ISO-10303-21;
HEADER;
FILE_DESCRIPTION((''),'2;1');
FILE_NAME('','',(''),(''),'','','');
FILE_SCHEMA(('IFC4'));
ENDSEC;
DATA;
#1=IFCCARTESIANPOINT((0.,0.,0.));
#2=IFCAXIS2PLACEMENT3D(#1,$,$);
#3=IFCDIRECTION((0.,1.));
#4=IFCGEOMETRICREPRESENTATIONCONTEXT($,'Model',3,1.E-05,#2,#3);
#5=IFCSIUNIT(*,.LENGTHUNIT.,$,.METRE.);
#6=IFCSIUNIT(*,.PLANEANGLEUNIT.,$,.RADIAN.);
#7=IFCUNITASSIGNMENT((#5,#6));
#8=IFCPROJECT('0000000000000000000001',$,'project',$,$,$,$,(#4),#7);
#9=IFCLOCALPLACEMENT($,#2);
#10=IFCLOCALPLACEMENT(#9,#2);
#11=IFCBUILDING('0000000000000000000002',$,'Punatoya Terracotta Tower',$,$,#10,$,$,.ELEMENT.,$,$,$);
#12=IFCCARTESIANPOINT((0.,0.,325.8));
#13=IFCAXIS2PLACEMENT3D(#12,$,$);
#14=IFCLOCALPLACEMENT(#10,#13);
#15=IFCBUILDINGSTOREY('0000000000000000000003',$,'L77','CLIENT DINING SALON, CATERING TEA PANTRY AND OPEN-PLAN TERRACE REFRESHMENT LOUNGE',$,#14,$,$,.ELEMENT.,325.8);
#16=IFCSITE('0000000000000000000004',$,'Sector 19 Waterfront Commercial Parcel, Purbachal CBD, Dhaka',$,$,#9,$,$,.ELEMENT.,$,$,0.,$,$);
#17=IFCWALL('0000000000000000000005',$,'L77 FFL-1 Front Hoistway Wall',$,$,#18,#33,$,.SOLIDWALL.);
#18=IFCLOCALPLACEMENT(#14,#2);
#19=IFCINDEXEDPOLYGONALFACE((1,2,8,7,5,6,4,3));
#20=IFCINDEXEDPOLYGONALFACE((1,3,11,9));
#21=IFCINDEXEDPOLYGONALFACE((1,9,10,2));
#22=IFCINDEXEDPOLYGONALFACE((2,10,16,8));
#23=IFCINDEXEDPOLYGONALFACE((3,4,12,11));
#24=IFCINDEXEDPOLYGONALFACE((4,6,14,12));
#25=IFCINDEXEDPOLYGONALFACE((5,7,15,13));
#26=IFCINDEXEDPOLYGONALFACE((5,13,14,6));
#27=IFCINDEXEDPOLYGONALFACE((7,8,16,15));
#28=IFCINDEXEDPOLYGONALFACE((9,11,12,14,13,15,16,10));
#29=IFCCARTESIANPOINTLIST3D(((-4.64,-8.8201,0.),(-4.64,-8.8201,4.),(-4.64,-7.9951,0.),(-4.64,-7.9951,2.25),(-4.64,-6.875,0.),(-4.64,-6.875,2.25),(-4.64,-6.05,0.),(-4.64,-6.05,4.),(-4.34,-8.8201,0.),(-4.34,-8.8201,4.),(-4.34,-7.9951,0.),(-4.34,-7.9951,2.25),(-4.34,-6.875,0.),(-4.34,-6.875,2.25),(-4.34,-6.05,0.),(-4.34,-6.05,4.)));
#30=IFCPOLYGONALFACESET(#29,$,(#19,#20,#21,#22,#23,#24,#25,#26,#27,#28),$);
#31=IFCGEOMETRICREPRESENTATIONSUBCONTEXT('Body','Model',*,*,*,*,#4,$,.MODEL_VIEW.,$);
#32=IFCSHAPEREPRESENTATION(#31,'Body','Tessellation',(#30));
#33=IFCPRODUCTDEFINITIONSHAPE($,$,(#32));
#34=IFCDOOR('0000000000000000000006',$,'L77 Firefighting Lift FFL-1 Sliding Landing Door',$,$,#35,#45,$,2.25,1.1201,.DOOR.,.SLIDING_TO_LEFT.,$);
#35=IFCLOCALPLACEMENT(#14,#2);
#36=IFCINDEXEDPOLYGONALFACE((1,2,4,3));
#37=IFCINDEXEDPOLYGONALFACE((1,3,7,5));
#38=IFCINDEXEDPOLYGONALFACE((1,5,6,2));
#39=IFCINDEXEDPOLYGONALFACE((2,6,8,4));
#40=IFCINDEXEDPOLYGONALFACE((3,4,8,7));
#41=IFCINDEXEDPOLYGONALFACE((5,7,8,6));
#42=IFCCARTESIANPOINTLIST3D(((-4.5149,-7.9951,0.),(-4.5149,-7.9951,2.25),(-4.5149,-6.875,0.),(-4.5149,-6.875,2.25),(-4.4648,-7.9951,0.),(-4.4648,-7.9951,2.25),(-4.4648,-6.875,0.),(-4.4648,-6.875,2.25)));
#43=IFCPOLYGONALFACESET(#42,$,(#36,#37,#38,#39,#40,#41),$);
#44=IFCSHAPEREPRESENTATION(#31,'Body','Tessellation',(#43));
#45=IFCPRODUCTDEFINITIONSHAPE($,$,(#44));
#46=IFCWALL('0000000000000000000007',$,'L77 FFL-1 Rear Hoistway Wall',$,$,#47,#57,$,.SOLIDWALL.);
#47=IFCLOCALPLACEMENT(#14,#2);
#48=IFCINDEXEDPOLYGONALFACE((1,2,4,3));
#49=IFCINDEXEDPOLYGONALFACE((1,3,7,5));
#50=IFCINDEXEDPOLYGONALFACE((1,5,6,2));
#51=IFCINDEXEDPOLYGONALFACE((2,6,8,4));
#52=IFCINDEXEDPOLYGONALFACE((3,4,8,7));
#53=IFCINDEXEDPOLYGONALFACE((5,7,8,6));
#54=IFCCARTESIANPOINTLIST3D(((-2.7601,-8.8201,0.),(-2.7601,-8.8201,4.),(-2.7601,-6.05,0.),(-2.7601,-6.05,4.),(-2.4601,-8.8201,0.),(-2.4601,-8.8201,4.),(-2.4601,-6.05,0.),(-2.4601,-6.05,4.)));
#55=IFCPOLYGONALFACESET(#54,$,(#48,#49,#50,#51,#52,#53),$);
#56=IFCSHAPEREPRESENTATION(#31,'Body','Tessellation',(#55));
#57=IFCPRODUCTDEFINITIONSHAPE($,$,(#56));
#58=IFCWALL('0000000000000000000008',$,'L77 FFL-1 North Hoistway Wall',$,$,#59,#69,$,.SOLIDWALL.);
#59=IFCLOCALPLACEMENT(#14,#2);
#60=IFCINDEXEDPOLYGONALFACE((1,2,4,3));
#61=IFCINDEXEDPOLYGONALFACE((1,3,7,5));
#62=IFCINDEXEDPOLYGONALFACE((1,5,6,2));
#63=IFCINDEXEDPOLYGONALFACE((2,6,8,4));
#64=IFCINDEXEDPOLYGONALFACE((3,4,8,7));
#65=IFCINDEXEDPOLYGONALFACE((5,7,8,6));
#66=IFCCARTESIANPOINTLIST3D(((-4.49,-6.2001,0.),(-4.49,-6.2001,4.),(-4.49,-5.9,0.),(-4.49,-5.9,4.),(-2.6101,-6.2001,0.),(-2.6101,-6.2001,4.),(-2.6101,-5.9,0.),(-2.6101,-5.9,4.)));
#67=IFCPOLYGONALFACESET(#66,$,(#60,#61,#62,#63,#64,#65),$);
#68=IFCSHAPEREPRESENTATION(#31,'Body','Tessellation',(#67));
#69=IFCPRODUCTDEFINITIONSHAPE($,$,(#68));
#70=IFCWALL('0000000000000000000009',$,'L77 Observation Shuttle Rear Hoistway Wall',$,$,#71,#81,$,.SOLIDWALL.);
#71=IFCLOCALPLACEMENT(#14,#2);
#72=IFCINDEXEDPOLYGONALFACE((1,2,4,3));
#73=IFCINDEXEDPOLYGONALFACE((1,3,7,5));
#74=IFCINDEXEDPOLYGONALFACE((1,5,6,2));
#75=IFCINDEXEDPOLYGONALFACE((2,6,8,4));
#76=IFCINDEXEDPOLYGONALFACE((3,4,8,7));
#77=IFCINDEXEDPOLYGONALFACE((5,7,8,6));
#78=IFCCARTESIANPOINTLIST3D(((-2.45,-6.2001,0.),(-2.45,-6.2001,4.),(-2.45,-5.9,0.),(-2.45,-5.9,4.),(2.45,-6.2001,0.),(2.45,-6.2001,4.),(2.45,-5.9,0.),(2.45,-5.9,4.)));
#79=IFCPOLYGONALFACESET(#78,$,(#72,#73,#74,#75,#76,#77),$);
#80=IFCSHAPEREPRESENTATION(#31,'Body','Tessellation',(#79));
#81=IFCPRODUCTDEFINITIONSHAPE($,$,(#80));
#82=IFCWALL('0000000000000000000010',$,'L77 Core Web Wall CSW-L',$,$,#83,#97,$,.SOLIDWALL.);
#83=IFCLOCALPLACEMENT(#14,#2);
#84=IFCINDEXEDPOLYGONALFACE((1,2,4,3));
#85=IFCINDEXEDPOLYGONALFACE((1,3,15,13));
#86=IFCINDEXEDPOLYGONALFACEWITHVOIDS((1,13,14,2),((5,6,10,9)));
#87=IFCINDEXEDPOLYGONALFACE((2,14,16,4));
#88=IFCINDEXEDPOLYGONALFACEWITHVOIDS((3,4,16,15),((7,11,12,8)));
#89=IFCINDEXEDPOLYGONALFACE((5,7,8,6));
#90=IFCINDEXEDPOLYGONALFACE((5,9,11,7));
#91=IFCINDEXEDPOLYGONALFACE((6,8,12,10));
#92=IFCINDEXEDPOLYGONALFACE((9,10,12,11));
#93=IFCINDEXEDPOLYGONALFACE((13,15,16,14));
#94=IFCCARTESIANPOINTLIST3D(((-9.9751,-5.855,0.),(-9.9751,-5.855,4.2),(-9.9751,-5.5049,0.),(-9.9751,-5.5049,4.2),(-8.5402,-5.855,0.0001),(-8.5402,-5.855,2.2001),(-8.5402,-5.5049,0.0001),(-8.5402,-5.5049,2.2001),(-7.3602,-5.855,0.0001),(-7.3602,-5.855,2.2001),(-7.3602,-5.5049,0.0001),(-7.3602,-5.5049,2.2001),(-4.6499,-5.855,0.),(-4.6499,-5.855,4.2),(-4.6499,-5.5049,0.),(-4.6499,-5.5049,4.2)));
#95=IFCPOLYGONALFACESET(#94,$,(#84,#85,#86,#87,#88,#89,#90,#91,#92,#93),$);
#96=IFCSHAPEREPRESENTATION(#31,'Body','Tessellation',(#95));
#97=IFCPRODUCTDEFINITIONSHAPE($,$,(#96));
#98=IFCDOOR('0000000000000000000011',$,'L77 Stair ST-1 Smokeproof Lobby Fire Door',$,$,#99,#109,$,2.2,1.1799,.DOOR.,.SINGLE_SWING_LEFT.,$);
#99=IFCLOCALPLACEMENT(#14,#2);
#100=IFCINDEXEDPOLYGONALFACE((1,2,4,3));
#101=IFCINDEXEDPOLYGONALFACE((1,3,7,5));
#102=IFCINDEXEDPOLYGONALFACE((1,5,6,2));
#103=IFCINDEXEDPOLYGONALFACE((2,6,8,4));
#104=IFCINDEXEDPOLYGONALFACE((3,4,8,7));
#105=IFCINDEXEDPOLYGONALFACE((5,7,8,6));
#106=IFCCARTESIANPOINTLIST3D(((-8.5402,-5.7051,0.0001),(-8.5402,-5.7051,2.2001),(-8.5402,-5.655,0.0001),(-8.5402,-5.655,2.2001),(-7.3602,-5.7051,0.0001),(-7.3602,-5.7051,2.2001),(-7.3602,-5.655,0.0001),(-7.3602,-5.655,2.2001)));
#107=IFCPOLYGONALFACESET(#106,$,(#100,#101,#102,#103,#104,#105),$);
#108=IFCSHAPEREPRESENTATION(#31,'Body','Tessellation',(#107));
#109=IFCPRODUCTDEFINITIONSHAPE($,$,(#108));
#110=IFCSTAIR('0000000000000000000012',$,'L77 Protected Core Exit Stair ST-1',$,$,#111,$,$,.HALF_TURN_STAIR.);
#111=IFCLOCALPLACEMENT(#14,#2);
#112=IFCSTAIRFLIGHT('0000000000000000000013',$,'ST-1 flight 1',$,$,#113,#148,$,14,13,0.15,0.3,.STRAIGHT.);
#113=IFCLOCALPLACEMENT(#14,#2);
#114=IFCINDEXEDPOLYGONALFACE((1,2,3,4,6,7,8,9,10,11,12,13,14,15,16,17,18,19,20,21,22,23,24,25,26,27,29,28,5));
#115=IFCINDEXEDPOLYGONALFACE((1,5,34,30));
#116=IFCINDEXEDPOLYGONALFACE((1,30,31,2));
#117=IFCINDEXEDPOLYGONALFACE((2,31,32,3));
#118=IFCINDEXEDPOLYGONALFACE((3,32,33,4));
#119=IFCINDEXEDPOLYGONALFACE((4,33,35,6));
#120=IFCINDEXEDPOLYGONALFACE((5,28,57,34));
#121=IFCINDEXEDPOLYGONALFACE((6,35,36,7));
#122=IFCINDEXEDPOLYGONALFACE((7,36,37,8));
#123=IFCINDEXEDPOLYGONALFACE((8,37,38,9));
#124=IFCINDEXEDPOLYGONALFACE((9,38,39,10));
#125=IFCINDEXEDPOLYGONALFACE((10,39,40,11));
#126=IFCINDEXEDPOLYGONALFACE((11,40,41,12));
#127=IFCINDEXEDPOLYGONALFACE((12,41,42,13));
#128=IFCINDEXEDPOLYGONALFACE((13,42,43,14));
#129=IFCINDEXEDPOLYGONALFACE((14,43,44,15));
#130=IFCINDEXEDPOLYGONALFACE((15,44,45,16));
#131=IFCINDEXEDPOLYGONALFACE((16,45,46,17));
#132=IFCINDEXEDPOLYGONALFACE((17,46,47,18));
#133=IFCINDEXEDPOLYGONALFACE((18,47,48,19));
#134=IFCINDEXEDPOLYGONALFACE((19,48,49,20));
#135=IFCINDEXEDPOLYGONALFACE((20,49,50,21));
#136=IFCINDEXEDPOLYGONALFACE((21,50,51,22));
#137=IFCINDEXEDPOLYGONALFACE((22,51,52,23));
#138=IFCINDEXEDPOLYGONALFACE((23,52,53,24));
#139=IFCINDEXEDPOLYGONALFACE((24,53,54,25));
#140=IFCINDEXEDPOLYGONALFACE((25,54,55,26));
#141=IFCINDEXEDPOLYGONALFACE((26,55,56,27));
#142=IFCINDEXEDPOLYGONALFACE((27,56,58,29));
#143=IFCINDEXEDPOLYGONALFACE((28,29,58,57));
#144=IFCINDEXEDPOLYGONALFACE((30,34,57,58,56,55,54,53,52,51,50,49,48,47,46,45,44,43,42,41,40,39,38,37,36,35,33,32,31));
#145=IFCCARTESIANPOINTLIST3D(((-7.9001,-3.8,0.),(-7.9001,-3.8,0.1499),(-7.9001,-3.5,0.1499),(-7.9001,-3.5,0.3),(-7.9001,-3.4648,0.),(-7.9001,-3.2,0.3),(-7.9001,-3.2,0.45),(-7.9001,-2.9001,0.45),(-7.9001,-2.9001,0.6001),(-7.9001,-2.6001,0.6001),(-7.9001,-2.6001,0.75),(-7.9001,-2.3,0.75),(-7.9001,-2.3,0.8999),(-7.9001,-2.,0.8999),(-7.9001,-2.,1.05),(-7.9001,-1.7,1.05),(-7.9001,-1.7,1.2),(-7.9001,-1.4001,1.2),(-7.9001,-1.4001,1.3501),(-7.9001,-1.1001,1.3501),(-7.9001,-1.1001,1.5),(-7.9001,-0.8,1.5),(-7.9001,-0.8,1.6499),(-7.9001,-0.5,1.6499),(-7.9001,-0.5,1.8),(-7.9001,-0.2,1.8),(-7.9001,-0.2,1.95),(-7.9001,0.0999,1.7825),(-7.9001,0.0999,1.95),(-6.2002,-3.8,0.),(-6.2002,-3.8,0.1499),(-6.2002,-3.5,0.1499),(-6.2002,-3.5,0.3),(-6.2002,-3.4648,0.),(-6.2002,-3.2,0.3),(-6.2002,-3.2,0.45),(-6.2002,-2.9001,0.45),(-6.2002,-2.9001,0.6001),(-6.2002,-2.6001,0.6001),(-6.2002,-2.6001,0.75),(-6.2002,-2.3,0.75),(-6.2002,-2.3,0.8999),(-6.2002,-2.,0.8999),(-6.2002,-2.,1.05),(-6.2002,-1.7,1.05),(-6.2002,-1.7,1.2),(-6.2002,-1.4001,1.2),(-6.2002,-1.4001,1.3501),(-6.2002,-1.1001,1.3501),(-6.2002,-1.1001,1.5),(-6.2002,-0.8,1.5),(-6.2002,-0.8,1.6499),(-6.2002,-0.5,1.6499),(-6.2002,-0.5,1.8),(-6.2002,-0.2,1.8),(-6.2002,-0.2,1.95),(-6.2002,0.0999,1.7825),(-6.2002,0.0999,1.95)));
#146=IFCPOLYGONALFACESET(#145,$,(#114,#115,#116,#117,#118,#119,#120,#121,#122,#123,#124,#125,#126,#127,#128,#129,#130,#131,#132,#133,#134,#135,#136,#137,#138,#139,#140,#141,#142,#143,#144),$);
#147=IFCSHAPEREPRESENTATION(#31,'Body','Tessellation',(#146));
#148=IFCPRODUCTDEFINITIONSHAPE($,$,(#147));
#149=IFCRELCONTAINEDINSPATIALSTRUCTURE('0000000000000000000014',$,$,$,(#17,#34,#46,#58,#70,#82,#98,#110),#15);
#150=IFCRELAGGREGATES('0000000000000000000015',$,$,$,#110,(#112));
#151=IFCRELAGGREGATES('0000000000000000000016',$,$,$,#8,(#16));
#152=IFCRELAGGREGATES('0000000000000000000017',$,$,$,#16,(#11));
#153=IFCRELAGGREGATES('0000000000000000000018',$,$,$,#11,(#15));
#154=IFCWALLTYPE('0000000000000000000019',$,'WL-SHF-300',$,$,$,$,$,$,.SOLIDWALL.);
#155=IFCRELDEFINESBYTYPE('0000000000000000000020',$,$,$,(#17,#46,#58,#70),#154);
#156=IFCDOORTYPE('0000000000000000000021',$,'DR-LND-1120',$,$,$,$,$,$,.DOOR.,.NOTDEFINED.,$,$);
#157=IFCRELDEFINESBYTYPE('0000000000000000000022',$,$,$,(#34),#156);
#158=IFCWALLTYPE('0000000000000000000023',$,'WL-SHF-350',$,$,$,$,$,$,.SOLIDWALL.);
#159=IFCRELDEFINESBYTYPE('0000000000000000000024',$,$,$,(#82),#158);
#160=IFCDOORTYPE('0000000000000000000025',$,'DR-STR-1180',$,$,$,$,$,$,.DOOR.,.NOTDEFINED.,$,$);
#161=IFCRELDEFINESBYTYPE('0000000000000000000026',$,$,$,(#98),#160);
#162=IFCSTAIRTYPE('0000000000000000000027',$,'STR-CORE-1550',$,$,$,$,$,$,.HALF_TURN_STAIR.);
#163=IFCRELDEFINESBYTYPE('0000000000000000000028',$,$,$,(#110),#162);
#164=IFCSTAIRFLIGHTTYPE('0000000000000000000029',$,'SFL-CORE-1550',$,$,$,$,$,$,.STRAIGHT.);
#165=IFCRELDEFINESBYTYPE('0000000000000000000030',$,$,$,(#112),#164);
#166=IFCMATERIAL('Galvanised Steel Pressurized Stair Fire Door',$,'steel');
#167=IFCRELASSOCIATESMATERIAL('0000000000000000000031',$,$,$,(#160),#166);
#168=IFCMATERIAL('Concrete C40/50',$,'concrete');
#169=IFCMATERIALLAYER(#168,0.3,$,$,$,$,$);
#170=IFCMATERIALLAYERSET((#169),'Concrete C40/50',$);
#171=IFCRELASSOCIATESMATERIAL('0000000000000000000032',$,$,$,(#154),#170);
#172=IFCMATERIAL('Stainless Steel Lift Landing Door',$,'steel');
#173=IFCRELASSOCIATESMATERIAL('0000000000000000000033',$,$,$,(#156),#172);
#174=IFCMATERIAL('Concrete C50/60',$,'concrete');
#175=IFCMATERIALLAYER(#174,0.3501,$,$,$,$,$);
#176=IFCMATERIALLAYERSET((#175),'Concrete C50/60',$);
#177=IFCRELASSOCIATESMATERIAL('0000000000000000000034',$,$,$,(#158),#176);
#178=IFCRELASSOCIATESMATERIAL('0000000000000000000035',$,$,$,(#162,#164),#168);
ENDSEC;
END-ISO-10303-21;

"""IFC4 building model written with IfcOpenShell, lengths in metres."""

from ifc_helpers import new_model, si_unit, direction, frame, frame_2d, origin, place, context, subcontext, project, spatial, polyline, rectangle, outline, extrude, material, layer, layer_set, type_object, element, fill, aggregate, save


model = new_model("IFC4")

# Units and contexts
model_context = context("Model", 3, precision=1e-05, world=origin(), true_north=direction((0.0, 1.0)))
body_context = subcontext(model_context, "Body", "Model", "MODEL_VIEW")
ifc_project = project(units=[si_unit("LENGTHUNIT", "METRE"), si_unit("PLANEANGLEUNIT", "RADIAN")], contexts=[model_context])

# Site, building, storey
site_placement = place(None, origin())
site = spatial("IfcSite", under=ifc_project, at=site_placement, Name="Sector 19 Waterfront Commercial Parcel, Purbachal CBD, Dhaka", CompositionType="ELEMENT", RefElevation=0.0)
building_placement = place(site_placement, origin())
building = spatial("IfcBuilding", under=site, at=building_placement, Name="Punatoya Terracotta Tower", CompositionType="ELEMENT")
storey_placement = place(building_placement, frame((0.0, 0.0, 325.8)))
storey = spatial("IfcBuildingStorey", under=building, at=storey_placement, Name="L77", Description="CLIENT DINING SALON, CATERING TEA PANTRY AND OPEN-PLAN TERRACE REFRESHMENT LOUNGE", CompositionType="ELEMENT", Elevation=325.8)

# Shared definitions
ifc_material_1 = material(Name="Concrete C50/60", Category="concrete")

# Shared definitions
ifc_material_2 = material(Name="Concrete C40/50", Category="concrete")

# Shared definitions
ifc_material_3 = material(Name="Galvanised Steel Pressurized Stair Fire Door", Category="steel")
door_type_1 = type_object("IfcDoorType", Name="DR-STR-1180", OperationType="NOTDEFINED", PredefinedType="DOOR", material=ifc_material_3)

# Shared definitions
ifc_layer_1 = layer(ifc_material_2, 0.3)
ifc_layer_set_1 = layer_set([ifc_layer_1], Name="Concrete C40/50")
wall_type_1 = type_object("IfcWallType", Name="WL-SHF-300", PredefinedType="SOLIDWALL", material=ifc_layer_set_1)

# Wall, opening, door
wall_1_placement = place(storey_placement, frame((-4.49, -8.8201, 0.0), z_axis=(0.0, 0.0, 1.0), x_axis=(0.0, 1.0, 0.0)))
wall_1 = element("IfcWall", 1, at=wall_1_placement, inside=storey, type_object=wall_type_1, Name="L77 FFL-1 Front Hoistway Wall", PredefinedType="SOLIDWALL", context=body_context, shape_type="SweptSolid", body=[
    extrude(rectangle(XDim=2.77, YDim=0.3, at=frame_2d((1.385, 0.0))), origin(), (0.0, 0.0, 1.0), 4.0),
])
opening_1_placement = place(wall_1_placement, frame((0.825, 0.0, 0.0)))
opening_1 = element("IfcOpeningElement", 2, at=opening_1_placement, cuts=wall_1, PredefinedType="OPENING", context=body_context, shape_type="SweptSolid", body=[
    extrude(rectangle(XDim=1.1201, YDim=2.25, at=frame_2d((0.5601, 1.125))), frame((0.0, 0.1599, 0.0), z_axis=(0.0, -1.0, 0.0), x_axis=(1.0, 0.0, 0.0)), (0.0, 0.0, 1.0), 0.3201),
])
ifc_material_4 = material(Name="Stainless Steel Lift Landing Door", Category="steel")
door_type_2 = type_object("IfcDoorType", Name="DR-LND-1120", OperationType="NOTDEFINED", PredefinedType="DOOR", material=ifc_material_4)
door_1_placement = place(opening_1_placement, origin())
door_1 = element("IfcDoor", 3, at=door_1_placement, inside=storey, type_object=door_type_2, Name="L77 Firefighting Lift FFL-1 Sliding Landing Door", OperationType="SLIDING_TO_LEFT", OverallHeight=2.25, OverallWidth=1.1201, PredefinedType="DOOR", context=body_context, shape_type="SweptSolid", body=[
    extrude(rectangle(XDim=1.1201, YDim=2.25, at=frame_2d((0.5601, 1.125))), frame((0.0, 0.0249, 0.0), z_axis=(0.0, -1.0, 0.0), x_axis=(1.0, 0.0, 0.0)), (0.0, 0.0, 1.0), 0.05),
])
fill(opening_1, door_1)

# Walls
wall_2_placement = place(storey_placement, frame((-2.6101, -8.8201, 0.0), z_axis=(0.0, 0.0, 1.0), x_axis=(0.0, 1.0, 0.0)))
element("IfcWall", 4, at=wall_2_placement, inside=storey, type_object=wall_type_1, Name="L77 FFL-1 Rear Hoistway Wall", PredefinedType="SOLIDWALL", context=body_context, shape_type="SweptSolid", body=[
    extrude(rectangle(XDim=2.77, YDim=0.3, at=frame_2d((1.385, 0.0))), origin(), (0.0, 0.0, 1.0), 4.0),
])
wall_3_placement = place(storey_placement, frame((-4.49, -6.05, 0.0), z_axis=(0.0, 0.0, 1.0), x_axis=(1.0, 0.0, 0.0)))
element("IfcWall", 5, at=wall_3_placement, inside=storey, type_object=wall_type_1, Name="L77 FFL-1 North Hoistway Wall", PredefinedType="SOLIDWALL", context=body_context, shape_type="SweptSolid", body=[
    extrude(rectangle(XDim=1.8799, YDim=0.3, at=frame_2d((0.9399, 0.0))), origin(), (0.0, 0.0, 1.0), 4.0),
])
wall_4_placement = place(storey_placement, frame((-2.45, -6.05, 0.0), z_axis=(0.0, 0.0, 1.0), x_axis=(1.0, 0.0, 0.0)))
element("IfcWall", 6, at=wall_4_placement, inside=storey, type_object=wall_type_1, Name="L77 Observation Shuttle Rear Hoistway Wall", PredefinedType="SOLIDWALL", context=body_context, shape_type="SweptSolid", body=[
    extrude(rectangle(XDim=4.8999, YDim=0.3, at=frame_2d((2.45, 0.0))), origin(), (0.0, 0.0, 1.0), 4.0),
])

# Wall, opening, door
ifc_layer_2 = layer(ifc_material_1, 0.3501)
ifc_layer_set_2 = layer_set([ifc_layer_2], Name="Concrete C50/60")
wall_type_2 = type_object("IfcWallType", Name="WL-SHF-350", PredefinedType="SOLIDWALL", material=ifc_layer_set_2)
wall_5_placement = place(storey_placement, frame((-9.9751, -5.6799, 0.0), z_axis=(0.0, 0.0, 1.0), x_axis=(1.0, 0.0, 0.0)))
wall_5 = element("IfcWall", 7, at=wall_5_placement, inside=storey, type_object=wall_type_2, Name="L77 Core Web Wall CSW-L", PredefinedType="SOLIDWALL", context=body_context, shape_type="SweptSolid", body=[
    extrude(rectangle(XDim=5.3252, YDim=0.3501, at=frame_2d((2.6626, 0.0))), origin(), (0.0, 0.0, 1.0), 4.2),
])
opening_2_placement = place(wall_5_placement, frame((1.4351, 0.0, 0.0)))
opening_2 = element("IfcOpeningElement", 8, at=opening_2_placement, cuts=wall_5, PredefinedType="OPENING", context=body_context, shape_type="SweptSolid", body=[
    extrude(rectangle(XDim=1.1799, YDim=2.2, at=frame_2d((0.5898, 1.1001))), frame((0.0, 0.1851, 0.0), z_axis=(0.0, -1.0, 0.0), x_axis=(1.0, 0.0, 0.0)), (0.0, 0.0, 1.0), 0.3701),
])
door_2_placement = place(opening_2_placement, origin())
door_2 = element("IfcDoor", 9, at=door_2_placement, inside=storey, type_object=door_type_1, Name="L77 Stair ST-1 Smokeproof Lobby Fire Door", OperationType="SINGLE_SWING_LEFT", OverallHeight=2.2, OverallWidth=1.1799, PredefinedType="DOOR", context=body_context, shape_type="SweptSolid", body=[
    extrude(rectangle(XDim=1.1799, YDim=2.2, at=frame_2d((0.5898, 1.1001))), frame((0.0, 0.0249, 0.0), z_axis=(0.0, -1.0, 0.0), x_axis=(1.0, 0.0, 0.0)), (0.0, 0.0, 1.0), 0.05),
])
fill(opening_2, door_2)

# Stair, stair flight
stair_type = type_object("IfcStairType", Name="STR-CORE-1550", PredefinedType="HALF_TURN_STAIR", material=ifc_material_2)
stair_placement = place(storey_placement, origin())
stair = element("IfcStair", 10, at=stair_placement, inside=storey, type_object=stair_type, Name="L77 Protected Core Exit Stair ST-1", PredefinedType="HALF_TURN_STAIR")
stair_flight_type = type_object("IfcStairFlightType", Name="SFL-CORE-1550", PredefinedType="STRAIGHT", material=ifc_material_2)
stair_flight_placement = place(storey_placement, frame((-7.05, -3.8, 0.0), z_axis=(0.0, 0.0, 1.0), x_axis=(0.0, 1.0, 0.0)))
stair_flight = element("IfcStairFlight", 11, at=stair_flight_placement, type_object=stair_flight_type, Name="ST-1 flight 1", NumberOfRisers=14, NumberOfTreads=13, PredefinedType="STRAIGHT", RiserHeight=0.15, TreadLength=0.3, context=body_context, shape_type="SweptSolid", body=[
    extrude(outline(polyline([(0.0, 0.0), (0.0, 0.1499), (0.3, 0.1499), (0.3, 0.3), (0.6001, 0.3), (0.6001, 0.45), (0.8999, 0.45), (0.8999, 0.6001), (1.2, 0.6001), (1.2, 0.75), (1.5, 0.75), (1.5, 0.8999), (1.8, 0.8999), (1.8, 1.05), (2.1001, 1.05), (2.1001, 1.2), (2.3999, 1.2), (2.3999, 1.3501), (2.7, 1.3501), (2.7, 1.5), (3.0, 1.5), (3.0, 1.6499), (3.3, 1.6499), (3.3, 1.8), (3.6001, 1.8), (3.6001, 1.95), (3.8999, 1.95), (3.8999, 2.1001), (3.8999, 1.7825), (0.3352, 0.0), (0.0, 0.0)])), frame((0.0, 0.8501, 0.0), z_axis=(0.0, -1.0, 0.0), x_axis=(1.0, 0.0, 0.0)), (0.0, 0.0, 1.0), 1.7),
])
aggregate(stair, [stair_flight])

save(model, "model.ifc")
